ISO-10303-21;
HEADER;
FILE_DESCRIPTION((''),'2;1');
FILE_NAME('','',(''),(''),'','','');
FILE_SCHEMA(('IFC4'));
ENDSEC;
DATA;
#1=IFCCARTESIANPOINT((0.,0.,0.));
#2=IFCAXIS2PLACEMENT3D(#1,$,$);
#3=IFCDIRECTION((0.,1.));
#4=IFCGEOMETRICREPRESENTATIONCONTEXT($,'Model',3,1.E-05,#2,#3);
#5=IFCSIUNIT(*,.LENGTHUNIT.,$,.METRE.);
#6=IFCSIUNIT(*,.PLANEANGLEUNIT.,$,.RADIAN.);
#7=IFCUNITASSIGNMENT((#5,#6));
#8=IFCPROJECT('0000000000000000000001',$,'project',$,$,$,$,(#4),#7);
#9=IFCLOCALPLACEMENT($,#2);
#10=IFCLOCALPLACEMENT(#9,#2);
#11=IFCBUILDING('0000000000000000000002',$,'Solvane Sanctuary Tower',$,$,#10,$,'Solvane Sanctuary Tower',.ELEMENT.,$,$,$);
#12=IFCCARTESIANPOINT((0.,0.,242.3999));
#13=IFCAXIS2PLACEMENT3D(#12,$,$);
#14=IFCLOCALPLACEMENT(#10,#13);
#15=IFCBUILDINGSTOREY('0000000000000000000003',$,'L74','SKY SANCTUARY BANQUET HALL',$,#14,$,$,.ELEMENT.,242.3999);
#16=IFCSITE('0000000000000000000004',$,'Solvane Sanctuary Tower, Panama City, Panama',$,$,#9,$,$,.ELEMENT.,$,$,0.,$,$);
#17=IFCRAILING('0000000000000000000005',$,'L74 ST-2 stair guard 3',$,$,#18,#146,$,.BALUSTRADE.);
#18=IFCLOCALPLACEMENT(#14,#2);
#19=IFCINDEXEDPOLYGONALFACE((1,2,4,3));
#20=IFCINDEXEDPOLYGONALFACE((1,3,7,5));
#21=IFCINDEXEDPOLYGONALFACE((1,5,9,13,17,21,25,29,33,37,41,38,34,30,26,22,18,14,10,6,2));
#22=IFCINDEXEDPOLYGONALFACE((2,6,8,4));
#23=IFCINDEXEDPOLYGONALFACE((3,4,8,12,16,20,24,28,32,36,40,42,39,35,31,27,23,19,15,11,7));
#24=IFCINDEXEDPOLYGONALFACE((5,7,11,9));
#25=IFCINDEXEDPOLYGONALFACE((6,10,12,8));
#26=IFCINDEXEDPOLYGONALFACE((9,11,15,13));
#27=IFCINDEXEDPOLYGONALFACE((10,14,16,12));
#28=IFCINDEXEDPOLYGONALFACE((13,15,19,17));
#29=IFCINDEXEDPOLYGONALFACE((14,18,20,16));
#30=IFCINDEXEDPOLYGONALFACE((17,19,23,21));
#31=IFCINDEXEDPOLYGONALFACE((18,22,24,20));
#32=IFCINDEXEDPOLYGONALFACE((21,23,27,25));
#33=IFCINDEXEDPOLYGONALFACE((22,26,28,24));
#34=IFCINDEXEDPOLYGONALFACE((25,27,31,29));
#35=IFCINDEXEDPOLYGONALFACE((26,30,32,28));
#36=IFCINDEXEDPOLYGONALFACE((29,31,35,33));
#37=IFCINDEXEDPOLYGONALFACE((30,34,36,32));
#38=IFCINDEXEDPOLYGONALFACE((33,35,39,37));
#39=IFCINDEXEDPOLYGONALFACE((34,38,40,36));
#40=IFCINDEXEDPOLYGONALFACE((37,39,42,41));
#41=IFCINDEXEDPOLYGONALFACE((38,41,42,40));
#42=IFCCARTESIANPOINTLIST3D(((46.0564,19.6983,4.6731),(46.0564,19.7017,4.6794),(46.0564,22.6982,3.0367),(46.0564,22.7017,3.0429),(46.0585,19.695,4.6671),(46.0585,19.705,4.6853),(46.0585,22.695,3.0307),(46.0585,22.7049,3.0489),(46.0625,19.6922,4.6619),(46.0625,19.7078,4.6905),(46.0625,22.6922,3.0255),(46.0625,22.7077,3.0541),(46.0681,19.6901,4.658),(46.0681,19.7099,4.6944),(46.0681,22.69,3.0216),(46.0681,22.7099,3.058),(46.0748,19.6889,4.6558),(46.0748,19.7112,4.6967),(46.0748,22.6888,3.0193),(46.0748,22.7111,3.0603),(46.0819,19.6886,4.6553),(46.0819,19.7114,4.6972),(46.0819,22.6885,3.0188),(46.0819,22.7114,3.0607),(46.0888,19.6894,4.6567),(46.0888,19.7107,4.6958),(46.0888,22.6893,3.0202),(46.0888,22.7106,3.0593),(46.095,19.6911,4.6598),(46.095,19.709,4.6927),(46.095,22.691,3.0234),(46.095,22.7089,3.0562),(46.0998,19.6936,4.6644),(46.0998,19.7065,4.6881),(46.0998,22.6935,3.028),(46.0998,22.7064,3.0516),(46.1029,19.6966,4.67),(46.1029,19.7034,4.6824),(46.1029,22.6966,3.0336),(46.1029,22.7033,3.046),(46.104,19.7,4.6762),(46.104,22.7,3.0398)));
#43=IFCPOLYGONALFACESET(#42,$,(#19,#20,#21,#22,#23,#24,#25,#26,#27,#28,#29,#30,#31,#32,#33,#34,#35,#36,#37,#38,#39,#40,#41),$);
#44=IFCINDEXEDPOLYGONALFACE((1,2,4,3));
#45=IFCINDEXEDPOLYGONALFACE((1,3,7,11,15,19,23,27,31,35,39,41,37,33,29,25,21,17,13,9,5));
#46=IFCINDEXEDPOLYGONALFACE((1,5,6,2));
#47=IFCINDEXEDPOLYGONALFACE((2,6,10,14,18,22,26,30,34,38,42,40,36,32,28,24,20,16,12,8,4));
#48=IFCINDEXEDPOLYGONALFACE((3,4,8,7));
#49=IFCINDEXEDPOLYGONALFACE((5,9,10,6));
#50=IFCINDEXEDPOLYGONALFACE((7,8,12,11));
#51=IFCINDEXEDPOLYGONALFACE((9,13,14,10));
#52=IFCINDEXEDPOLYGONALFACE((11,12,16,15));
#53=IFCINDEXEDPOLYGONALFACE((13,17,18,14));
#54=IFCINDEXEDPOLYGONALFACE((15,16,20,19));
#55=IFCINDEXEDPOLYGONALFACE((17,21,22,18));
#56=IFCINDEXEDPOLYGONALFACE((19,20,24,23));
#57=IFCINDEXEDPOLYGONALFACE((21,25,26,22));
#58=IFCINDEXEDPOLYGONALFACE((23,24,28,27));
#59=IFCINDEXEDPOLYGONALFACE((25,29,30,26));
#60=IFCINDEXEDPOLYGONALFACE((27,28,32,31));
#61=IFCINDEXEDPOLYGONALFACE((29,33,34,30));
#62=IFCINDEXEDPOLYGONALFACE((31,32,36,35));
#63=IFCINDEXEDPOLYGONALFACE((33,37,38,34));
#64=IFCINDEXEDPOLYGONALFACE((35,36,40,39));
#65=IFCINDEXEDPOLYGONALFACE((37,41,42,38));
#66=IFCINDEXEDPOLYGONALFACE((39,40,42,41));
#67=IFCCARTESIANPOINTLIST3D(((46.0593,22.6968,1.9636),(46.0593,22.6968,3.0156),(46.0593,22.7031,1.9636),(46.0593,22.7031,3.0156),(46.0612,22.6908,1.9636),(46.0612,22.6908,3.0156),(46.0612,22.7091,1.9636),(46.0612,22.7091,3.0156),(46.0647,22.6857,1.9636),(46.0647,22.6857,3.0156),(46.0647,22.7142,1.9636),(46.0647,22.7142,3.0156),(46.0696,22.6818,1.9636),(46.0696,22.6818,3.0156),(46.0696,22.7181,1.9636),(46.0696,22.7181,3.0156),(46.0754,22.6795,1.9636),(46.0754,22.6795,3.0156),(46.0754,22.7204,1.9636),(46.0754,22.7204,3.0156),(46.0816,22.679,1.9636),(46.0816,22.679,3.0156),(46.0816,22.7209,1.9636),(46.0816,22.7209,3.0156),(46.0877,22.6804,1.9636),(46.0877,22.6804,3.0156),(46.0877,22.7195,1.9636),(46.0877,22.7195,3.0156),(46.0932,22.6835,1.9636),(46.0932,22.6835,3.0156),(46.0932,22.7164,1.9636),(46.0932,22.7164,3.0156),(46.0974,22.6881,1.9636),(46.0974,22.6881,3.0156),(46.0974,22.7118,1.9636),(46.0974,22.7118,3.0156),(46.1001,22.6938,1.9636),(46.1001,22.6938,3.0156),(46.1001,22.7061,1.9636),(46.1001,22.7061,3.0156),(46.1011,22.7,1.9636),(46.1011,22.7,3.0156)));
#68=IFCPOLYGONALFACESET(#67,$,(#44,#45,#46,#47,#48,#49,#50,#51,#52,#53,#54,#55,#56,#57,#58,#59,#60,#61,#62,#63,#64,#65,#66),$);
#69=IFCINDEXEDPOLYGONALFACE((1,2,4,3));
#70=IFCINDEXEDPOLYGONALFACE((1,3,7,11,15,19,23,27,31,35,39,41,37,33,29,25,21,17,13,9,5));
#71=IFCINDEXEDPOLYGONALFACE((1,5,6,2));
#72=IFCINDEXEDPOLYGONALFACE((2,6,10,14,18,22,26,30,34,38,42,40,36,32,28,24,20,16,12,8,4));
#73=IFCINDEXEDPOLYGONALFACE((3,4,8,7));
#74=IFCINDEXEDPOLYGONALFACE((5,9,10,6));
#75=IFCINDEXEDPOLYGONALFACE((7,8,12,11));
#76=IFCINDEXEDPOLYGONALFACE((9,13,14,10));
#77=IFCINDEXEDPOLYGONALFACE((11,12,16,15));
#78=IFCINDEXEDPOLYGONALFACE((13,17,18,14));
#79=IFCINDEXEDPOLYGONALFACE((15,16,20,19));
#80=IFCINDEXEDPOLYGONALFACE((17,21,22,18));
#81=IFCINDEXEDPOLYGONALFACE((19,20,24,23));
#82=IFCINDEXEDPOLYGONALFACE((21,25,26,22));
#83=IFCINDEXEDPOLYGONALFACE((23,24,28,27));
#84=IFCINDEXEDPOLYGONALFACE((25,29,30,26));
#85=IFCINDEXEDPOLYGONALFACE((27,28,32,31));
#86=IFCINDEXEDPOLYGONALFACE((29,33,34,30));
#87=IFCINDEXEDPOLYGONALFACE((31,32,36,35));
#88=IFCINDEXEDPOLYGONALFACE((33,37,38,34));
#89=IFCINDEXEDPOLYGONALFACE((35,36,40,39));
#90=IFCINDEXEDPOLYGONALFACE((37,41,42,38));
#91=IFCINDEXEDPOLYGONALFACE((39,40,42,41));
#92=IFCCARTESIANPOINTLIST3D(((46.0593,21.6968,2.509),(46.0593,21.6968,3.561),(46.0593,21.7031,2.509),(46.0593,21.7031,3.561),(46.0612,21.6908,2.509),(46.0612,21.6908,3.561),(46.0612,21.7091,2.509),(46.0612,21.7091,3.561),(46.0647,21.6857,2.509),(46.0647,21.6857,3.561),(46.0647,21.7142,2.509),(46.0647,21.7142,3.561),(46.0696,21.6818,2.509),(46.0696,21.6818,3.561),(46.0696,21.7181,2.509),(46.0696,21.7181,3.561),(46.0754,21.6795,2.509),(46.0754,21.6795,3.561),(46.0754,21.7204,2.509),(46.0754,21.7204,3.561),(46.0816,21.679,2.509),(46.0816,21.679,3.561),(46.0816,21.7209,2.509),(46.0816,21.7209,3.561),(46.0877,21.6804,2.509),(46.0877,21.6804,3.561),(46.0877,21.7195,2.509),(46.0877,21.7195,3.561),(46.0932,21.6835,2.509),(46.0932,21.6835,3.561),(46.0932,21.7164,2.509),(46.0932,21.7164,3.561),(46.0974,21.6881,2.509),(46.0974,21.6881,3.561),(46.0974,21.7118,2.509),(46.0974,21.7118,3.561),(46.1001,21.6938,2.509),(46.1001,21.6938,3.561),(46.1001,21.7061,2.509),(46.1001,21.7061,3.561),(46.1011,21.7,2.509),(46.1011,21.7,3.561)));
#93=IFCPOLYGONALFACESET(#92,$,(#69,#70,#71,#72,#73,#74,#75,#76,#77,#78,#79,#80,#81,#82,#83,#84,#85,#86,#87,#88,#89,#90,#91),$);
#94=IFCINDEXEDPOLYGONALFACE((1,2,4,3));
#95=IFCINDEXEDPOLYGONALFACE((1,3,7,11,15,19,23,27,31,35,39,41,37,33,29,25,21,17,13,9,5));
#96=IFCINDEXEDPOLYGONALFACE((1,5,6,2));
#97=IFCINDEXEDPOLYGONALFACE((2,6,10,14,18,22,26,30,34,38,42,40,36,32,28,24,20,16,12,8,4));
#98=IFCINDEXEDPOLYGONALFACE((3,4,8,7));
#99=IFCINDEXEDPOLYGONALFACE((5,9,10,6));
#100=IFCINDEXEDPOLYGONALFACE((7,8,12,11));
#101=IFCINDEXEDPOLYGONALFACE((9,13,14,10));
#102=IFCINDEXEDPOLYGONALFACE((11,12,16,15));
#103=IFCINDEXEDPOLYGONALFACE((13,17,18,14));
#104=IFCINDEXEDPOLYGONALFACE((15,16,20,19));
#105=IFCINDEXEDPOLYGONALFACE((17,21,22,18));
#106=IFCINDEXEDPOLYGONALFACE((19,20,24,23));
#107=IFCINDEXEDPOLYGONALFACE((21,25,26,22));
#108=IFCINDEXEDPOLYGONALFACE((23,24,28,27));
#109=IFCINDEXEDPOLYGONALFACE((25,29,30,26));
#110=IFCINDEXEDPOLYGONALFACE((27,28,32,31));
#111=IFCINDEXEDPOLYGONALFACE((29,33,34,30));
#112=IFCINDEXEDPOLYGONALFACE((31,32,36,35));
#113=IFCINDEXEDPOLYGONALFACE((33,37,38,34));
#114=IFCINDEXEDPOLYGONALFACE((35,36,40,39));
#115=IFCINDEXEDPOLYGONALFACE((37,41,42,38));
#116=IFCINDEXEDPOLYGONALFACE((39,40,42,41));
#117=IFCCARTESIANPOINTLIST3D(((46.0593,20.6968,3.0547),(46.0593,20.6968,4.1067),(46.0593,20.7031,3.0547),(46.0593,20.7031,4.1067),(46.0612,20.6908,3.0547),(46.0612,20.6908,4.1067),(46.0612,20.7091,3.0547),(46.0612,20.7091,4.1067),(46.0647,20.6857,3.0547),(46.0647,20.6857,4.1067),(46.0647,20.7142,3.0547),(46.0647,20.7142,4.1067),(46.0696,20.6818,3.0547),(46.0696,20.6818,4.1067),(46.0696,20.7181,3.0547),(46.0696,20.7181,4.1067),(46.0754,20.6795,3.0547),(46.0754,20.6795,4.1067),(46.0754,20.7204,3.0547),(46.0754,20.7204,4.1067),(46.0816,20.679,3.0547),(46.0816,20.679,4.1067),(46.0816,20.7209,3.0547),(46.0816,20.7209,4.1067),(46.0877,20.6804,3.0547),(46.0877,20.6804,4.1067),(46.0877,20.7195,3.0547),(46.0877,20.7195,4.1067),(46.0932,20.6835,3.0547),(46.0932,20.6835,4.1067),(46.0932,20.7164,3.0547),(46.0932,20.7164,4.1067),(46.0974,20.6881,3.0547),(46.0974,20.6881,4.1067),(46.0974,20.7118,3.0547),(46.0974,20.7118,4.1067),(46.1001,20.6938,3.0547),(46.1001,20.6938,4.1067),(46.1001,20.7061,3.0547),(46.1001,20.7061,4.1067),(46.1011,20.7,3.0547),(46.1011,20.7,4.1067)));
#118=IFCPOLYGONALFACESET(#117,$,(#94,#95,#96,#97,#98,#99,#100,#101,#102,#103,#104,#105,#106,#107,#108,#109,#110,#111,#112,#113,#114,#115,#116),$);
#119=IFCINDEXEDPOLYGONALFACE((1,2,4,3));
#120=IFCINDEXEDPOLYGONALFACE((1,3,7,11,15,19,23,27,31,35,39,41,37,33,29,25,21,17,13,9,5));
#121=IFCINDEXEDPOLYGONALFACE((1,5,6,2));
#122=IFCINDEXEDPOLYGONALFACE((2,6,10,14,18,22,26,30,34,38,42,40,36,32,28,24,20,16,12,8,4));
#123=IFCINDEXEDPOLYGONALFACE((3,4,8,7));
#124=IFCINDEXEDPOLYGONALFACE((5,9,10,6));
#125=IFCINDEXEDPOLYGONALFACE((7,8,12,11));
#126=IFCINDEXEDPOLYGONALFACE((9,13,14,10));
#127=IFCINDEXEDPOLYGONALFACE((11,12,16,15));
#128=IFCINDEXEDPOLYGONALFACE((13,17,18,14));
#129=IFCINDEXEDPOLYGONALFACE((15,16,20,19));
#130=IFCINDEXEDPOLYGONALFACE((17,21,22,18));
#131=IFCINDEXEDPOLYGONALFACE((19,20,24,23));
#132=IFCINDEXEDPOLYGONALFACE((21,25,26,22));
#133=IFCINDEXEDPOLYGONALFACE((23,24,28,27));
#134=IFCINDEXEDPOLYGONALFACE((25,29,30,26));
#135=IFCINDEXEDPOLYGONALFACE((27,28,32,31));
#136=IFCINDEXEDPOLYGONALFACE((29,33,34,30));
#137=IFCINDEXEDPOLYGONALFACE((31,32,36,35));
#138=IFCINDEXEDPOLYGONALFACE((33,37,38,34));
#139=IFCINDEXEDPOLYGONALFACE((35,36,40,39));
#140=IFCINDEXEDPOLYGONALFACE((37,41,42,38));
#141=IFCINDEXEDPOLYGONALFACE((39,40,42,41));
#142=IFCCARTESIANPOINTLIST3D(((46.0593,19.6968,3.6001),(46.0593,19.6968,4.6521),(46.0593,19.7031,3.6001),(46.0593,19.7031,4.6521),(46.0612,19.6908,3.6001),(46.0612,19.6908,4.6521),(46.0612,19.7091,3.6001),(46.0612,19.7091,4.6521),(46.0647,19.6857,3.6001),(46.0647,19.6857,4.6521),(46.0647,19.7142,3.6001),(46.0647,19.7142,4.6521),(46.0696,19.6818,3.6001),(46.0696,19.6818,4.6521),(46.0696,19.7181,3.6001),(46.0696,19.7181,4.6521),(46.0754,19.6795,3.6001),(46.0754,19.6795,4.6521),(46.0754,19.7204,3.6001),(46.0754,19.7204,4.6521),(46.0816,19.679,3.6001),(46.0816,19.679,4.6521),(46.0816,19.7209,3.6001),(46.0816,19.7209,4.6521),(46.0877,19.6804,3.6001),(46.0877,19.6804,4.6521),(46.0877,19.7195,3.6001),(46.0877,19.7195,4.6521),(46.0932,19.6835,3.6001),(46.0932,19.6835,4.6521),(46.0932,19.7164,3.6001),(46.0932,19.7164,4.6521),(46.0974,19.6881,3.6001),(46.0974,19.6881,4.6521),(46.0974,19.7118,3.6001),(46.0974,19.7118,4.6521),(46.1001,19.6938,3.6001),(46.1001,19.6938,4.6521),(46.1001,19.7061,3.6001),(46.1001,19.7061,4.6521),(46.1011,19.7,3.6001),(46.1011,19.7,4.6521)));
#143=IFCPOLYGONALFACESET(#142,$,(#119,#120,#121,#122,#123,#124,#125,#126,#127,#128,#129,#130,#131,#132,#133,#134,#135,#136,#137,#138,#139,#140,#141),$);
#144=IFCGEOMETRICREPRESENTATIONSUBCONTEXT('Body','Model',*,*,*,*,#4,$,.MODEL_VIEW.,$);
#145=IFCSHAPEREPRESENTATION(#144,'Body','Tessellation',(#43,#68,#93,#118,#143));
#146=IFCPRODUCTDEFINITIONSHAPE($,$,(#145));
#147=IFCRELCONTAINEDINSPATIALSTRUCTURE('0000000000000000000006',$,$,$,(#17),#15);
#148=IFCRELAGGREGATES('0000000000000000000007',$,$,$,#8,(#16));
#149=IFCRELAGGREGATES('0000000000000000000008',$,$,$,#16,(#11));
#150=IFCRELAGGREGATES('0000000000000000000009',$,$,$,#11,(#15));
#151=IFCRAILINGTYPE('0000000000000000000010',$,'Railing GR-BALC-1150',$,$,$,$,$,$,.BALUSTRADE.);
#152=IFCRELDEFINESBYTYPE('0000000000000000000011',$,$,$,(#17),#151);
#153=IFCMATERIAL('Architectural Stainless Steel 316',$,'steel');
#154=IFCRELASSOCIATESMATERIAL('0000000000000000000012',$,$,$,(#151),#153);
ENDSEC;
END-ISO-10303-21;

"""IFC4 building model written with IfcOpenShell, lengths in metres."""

from ifc_helpers import new_model, si_unit, direction, frame, origin, origin_2d, place, context, subcontext, project, spatial, circle, extrude, material, type_object, element, save


model = new_model("IFC4")

# Units and contexts
model_context = context("Model", 3, precision=1e-05, world=origin(), true_north=direction((0.0, 1.0)))
body_context = subcontext(model_context, "Body", "Model", "MODEL_VIEW")
ifc_project = project(units=[si_unit("LENGTHUNIT", "METRE"), si_unit("PLANEANGLEUNIT", "RADIAN")], contexts=[model_context])

# Site, building, storey
site_placement = place(None, origin())
site = spatial("IfcSite", under=ifc_project, at=site_placement, Name="Solvane Sanctuary Tower, Panama City, Panama", CompositionType="ELEMENT", RefElevation=0.0)
building_placement = place(site_placement, origin())
building = spatial("IfcBuilding", under=site, at=building_placement, Name="Solvane Sanctuary Tower", LongName="Solvane Sanctuary Tower", CompositionType="ELEMENT")
storey_placement = place(building_placement, frame((0.0, 0.0, 242.3999)))
storey = spatial("IfcBuildingStorey", under=building, at=storey_placement, Name="L74", Description="SKY SANCTUARY BANQUET HALL", CompositionType="ELEMENT", Elevation=242.3999)

# Shared definitions
ifc_material_1 = material(Name="Architectural Stainless Steel 316", Category="steel")

# Railing
railing_type_1 = type_object("IfcRailingType", Name="Railing GR-BALC-1150", PredefinedType="BALUSTRADE", material=ifc_material_1)
railing_1_placement = place(storey_placement, frame((46.0801, 22.7, 1.9636)))
element("IfcRailing", 1, at=railing_1_placement, inside=storey, type_object=railing_type_1, Name="L74 ST-2 stair guard 3", PredefinedType="BALUSTRADE", context=body_context, shape_type="SweptSolid", body=[
    extrude(circle(Radius=0.0239, at=origin_2d()), frame((0.0, 0.0, 1.0762), z_axis=(0.0, -0.877882, 0.478877), x_axis=(1.0, 0.0, 0.0)), (0.0, 0.0, 1.0), 3.4172),
    extrude(circle(Radius=0.021, at=origin_2d()), origin(), (0.0, 0.0, 1.0), 1.052),
    extrude(circle(Radius=0.021, at=origin_2d()), frame((0.0, -1.0, 0.5454)), (0.0, 0.0, 1.0), 1.052),
    extrude(circle(Radius=0.021, at=origin_2d()), frame((0.0, -2.0, 1.0911)), (0.0, 0.0, 1.0), 1.052),
    extrude(circle(Radius=0.021, at=origin_2d()), frame((0.0, -3.0, 1.6365)), (0.0, 0.0, 1.0), 1.052),
])

save(model, "model.ifc")
